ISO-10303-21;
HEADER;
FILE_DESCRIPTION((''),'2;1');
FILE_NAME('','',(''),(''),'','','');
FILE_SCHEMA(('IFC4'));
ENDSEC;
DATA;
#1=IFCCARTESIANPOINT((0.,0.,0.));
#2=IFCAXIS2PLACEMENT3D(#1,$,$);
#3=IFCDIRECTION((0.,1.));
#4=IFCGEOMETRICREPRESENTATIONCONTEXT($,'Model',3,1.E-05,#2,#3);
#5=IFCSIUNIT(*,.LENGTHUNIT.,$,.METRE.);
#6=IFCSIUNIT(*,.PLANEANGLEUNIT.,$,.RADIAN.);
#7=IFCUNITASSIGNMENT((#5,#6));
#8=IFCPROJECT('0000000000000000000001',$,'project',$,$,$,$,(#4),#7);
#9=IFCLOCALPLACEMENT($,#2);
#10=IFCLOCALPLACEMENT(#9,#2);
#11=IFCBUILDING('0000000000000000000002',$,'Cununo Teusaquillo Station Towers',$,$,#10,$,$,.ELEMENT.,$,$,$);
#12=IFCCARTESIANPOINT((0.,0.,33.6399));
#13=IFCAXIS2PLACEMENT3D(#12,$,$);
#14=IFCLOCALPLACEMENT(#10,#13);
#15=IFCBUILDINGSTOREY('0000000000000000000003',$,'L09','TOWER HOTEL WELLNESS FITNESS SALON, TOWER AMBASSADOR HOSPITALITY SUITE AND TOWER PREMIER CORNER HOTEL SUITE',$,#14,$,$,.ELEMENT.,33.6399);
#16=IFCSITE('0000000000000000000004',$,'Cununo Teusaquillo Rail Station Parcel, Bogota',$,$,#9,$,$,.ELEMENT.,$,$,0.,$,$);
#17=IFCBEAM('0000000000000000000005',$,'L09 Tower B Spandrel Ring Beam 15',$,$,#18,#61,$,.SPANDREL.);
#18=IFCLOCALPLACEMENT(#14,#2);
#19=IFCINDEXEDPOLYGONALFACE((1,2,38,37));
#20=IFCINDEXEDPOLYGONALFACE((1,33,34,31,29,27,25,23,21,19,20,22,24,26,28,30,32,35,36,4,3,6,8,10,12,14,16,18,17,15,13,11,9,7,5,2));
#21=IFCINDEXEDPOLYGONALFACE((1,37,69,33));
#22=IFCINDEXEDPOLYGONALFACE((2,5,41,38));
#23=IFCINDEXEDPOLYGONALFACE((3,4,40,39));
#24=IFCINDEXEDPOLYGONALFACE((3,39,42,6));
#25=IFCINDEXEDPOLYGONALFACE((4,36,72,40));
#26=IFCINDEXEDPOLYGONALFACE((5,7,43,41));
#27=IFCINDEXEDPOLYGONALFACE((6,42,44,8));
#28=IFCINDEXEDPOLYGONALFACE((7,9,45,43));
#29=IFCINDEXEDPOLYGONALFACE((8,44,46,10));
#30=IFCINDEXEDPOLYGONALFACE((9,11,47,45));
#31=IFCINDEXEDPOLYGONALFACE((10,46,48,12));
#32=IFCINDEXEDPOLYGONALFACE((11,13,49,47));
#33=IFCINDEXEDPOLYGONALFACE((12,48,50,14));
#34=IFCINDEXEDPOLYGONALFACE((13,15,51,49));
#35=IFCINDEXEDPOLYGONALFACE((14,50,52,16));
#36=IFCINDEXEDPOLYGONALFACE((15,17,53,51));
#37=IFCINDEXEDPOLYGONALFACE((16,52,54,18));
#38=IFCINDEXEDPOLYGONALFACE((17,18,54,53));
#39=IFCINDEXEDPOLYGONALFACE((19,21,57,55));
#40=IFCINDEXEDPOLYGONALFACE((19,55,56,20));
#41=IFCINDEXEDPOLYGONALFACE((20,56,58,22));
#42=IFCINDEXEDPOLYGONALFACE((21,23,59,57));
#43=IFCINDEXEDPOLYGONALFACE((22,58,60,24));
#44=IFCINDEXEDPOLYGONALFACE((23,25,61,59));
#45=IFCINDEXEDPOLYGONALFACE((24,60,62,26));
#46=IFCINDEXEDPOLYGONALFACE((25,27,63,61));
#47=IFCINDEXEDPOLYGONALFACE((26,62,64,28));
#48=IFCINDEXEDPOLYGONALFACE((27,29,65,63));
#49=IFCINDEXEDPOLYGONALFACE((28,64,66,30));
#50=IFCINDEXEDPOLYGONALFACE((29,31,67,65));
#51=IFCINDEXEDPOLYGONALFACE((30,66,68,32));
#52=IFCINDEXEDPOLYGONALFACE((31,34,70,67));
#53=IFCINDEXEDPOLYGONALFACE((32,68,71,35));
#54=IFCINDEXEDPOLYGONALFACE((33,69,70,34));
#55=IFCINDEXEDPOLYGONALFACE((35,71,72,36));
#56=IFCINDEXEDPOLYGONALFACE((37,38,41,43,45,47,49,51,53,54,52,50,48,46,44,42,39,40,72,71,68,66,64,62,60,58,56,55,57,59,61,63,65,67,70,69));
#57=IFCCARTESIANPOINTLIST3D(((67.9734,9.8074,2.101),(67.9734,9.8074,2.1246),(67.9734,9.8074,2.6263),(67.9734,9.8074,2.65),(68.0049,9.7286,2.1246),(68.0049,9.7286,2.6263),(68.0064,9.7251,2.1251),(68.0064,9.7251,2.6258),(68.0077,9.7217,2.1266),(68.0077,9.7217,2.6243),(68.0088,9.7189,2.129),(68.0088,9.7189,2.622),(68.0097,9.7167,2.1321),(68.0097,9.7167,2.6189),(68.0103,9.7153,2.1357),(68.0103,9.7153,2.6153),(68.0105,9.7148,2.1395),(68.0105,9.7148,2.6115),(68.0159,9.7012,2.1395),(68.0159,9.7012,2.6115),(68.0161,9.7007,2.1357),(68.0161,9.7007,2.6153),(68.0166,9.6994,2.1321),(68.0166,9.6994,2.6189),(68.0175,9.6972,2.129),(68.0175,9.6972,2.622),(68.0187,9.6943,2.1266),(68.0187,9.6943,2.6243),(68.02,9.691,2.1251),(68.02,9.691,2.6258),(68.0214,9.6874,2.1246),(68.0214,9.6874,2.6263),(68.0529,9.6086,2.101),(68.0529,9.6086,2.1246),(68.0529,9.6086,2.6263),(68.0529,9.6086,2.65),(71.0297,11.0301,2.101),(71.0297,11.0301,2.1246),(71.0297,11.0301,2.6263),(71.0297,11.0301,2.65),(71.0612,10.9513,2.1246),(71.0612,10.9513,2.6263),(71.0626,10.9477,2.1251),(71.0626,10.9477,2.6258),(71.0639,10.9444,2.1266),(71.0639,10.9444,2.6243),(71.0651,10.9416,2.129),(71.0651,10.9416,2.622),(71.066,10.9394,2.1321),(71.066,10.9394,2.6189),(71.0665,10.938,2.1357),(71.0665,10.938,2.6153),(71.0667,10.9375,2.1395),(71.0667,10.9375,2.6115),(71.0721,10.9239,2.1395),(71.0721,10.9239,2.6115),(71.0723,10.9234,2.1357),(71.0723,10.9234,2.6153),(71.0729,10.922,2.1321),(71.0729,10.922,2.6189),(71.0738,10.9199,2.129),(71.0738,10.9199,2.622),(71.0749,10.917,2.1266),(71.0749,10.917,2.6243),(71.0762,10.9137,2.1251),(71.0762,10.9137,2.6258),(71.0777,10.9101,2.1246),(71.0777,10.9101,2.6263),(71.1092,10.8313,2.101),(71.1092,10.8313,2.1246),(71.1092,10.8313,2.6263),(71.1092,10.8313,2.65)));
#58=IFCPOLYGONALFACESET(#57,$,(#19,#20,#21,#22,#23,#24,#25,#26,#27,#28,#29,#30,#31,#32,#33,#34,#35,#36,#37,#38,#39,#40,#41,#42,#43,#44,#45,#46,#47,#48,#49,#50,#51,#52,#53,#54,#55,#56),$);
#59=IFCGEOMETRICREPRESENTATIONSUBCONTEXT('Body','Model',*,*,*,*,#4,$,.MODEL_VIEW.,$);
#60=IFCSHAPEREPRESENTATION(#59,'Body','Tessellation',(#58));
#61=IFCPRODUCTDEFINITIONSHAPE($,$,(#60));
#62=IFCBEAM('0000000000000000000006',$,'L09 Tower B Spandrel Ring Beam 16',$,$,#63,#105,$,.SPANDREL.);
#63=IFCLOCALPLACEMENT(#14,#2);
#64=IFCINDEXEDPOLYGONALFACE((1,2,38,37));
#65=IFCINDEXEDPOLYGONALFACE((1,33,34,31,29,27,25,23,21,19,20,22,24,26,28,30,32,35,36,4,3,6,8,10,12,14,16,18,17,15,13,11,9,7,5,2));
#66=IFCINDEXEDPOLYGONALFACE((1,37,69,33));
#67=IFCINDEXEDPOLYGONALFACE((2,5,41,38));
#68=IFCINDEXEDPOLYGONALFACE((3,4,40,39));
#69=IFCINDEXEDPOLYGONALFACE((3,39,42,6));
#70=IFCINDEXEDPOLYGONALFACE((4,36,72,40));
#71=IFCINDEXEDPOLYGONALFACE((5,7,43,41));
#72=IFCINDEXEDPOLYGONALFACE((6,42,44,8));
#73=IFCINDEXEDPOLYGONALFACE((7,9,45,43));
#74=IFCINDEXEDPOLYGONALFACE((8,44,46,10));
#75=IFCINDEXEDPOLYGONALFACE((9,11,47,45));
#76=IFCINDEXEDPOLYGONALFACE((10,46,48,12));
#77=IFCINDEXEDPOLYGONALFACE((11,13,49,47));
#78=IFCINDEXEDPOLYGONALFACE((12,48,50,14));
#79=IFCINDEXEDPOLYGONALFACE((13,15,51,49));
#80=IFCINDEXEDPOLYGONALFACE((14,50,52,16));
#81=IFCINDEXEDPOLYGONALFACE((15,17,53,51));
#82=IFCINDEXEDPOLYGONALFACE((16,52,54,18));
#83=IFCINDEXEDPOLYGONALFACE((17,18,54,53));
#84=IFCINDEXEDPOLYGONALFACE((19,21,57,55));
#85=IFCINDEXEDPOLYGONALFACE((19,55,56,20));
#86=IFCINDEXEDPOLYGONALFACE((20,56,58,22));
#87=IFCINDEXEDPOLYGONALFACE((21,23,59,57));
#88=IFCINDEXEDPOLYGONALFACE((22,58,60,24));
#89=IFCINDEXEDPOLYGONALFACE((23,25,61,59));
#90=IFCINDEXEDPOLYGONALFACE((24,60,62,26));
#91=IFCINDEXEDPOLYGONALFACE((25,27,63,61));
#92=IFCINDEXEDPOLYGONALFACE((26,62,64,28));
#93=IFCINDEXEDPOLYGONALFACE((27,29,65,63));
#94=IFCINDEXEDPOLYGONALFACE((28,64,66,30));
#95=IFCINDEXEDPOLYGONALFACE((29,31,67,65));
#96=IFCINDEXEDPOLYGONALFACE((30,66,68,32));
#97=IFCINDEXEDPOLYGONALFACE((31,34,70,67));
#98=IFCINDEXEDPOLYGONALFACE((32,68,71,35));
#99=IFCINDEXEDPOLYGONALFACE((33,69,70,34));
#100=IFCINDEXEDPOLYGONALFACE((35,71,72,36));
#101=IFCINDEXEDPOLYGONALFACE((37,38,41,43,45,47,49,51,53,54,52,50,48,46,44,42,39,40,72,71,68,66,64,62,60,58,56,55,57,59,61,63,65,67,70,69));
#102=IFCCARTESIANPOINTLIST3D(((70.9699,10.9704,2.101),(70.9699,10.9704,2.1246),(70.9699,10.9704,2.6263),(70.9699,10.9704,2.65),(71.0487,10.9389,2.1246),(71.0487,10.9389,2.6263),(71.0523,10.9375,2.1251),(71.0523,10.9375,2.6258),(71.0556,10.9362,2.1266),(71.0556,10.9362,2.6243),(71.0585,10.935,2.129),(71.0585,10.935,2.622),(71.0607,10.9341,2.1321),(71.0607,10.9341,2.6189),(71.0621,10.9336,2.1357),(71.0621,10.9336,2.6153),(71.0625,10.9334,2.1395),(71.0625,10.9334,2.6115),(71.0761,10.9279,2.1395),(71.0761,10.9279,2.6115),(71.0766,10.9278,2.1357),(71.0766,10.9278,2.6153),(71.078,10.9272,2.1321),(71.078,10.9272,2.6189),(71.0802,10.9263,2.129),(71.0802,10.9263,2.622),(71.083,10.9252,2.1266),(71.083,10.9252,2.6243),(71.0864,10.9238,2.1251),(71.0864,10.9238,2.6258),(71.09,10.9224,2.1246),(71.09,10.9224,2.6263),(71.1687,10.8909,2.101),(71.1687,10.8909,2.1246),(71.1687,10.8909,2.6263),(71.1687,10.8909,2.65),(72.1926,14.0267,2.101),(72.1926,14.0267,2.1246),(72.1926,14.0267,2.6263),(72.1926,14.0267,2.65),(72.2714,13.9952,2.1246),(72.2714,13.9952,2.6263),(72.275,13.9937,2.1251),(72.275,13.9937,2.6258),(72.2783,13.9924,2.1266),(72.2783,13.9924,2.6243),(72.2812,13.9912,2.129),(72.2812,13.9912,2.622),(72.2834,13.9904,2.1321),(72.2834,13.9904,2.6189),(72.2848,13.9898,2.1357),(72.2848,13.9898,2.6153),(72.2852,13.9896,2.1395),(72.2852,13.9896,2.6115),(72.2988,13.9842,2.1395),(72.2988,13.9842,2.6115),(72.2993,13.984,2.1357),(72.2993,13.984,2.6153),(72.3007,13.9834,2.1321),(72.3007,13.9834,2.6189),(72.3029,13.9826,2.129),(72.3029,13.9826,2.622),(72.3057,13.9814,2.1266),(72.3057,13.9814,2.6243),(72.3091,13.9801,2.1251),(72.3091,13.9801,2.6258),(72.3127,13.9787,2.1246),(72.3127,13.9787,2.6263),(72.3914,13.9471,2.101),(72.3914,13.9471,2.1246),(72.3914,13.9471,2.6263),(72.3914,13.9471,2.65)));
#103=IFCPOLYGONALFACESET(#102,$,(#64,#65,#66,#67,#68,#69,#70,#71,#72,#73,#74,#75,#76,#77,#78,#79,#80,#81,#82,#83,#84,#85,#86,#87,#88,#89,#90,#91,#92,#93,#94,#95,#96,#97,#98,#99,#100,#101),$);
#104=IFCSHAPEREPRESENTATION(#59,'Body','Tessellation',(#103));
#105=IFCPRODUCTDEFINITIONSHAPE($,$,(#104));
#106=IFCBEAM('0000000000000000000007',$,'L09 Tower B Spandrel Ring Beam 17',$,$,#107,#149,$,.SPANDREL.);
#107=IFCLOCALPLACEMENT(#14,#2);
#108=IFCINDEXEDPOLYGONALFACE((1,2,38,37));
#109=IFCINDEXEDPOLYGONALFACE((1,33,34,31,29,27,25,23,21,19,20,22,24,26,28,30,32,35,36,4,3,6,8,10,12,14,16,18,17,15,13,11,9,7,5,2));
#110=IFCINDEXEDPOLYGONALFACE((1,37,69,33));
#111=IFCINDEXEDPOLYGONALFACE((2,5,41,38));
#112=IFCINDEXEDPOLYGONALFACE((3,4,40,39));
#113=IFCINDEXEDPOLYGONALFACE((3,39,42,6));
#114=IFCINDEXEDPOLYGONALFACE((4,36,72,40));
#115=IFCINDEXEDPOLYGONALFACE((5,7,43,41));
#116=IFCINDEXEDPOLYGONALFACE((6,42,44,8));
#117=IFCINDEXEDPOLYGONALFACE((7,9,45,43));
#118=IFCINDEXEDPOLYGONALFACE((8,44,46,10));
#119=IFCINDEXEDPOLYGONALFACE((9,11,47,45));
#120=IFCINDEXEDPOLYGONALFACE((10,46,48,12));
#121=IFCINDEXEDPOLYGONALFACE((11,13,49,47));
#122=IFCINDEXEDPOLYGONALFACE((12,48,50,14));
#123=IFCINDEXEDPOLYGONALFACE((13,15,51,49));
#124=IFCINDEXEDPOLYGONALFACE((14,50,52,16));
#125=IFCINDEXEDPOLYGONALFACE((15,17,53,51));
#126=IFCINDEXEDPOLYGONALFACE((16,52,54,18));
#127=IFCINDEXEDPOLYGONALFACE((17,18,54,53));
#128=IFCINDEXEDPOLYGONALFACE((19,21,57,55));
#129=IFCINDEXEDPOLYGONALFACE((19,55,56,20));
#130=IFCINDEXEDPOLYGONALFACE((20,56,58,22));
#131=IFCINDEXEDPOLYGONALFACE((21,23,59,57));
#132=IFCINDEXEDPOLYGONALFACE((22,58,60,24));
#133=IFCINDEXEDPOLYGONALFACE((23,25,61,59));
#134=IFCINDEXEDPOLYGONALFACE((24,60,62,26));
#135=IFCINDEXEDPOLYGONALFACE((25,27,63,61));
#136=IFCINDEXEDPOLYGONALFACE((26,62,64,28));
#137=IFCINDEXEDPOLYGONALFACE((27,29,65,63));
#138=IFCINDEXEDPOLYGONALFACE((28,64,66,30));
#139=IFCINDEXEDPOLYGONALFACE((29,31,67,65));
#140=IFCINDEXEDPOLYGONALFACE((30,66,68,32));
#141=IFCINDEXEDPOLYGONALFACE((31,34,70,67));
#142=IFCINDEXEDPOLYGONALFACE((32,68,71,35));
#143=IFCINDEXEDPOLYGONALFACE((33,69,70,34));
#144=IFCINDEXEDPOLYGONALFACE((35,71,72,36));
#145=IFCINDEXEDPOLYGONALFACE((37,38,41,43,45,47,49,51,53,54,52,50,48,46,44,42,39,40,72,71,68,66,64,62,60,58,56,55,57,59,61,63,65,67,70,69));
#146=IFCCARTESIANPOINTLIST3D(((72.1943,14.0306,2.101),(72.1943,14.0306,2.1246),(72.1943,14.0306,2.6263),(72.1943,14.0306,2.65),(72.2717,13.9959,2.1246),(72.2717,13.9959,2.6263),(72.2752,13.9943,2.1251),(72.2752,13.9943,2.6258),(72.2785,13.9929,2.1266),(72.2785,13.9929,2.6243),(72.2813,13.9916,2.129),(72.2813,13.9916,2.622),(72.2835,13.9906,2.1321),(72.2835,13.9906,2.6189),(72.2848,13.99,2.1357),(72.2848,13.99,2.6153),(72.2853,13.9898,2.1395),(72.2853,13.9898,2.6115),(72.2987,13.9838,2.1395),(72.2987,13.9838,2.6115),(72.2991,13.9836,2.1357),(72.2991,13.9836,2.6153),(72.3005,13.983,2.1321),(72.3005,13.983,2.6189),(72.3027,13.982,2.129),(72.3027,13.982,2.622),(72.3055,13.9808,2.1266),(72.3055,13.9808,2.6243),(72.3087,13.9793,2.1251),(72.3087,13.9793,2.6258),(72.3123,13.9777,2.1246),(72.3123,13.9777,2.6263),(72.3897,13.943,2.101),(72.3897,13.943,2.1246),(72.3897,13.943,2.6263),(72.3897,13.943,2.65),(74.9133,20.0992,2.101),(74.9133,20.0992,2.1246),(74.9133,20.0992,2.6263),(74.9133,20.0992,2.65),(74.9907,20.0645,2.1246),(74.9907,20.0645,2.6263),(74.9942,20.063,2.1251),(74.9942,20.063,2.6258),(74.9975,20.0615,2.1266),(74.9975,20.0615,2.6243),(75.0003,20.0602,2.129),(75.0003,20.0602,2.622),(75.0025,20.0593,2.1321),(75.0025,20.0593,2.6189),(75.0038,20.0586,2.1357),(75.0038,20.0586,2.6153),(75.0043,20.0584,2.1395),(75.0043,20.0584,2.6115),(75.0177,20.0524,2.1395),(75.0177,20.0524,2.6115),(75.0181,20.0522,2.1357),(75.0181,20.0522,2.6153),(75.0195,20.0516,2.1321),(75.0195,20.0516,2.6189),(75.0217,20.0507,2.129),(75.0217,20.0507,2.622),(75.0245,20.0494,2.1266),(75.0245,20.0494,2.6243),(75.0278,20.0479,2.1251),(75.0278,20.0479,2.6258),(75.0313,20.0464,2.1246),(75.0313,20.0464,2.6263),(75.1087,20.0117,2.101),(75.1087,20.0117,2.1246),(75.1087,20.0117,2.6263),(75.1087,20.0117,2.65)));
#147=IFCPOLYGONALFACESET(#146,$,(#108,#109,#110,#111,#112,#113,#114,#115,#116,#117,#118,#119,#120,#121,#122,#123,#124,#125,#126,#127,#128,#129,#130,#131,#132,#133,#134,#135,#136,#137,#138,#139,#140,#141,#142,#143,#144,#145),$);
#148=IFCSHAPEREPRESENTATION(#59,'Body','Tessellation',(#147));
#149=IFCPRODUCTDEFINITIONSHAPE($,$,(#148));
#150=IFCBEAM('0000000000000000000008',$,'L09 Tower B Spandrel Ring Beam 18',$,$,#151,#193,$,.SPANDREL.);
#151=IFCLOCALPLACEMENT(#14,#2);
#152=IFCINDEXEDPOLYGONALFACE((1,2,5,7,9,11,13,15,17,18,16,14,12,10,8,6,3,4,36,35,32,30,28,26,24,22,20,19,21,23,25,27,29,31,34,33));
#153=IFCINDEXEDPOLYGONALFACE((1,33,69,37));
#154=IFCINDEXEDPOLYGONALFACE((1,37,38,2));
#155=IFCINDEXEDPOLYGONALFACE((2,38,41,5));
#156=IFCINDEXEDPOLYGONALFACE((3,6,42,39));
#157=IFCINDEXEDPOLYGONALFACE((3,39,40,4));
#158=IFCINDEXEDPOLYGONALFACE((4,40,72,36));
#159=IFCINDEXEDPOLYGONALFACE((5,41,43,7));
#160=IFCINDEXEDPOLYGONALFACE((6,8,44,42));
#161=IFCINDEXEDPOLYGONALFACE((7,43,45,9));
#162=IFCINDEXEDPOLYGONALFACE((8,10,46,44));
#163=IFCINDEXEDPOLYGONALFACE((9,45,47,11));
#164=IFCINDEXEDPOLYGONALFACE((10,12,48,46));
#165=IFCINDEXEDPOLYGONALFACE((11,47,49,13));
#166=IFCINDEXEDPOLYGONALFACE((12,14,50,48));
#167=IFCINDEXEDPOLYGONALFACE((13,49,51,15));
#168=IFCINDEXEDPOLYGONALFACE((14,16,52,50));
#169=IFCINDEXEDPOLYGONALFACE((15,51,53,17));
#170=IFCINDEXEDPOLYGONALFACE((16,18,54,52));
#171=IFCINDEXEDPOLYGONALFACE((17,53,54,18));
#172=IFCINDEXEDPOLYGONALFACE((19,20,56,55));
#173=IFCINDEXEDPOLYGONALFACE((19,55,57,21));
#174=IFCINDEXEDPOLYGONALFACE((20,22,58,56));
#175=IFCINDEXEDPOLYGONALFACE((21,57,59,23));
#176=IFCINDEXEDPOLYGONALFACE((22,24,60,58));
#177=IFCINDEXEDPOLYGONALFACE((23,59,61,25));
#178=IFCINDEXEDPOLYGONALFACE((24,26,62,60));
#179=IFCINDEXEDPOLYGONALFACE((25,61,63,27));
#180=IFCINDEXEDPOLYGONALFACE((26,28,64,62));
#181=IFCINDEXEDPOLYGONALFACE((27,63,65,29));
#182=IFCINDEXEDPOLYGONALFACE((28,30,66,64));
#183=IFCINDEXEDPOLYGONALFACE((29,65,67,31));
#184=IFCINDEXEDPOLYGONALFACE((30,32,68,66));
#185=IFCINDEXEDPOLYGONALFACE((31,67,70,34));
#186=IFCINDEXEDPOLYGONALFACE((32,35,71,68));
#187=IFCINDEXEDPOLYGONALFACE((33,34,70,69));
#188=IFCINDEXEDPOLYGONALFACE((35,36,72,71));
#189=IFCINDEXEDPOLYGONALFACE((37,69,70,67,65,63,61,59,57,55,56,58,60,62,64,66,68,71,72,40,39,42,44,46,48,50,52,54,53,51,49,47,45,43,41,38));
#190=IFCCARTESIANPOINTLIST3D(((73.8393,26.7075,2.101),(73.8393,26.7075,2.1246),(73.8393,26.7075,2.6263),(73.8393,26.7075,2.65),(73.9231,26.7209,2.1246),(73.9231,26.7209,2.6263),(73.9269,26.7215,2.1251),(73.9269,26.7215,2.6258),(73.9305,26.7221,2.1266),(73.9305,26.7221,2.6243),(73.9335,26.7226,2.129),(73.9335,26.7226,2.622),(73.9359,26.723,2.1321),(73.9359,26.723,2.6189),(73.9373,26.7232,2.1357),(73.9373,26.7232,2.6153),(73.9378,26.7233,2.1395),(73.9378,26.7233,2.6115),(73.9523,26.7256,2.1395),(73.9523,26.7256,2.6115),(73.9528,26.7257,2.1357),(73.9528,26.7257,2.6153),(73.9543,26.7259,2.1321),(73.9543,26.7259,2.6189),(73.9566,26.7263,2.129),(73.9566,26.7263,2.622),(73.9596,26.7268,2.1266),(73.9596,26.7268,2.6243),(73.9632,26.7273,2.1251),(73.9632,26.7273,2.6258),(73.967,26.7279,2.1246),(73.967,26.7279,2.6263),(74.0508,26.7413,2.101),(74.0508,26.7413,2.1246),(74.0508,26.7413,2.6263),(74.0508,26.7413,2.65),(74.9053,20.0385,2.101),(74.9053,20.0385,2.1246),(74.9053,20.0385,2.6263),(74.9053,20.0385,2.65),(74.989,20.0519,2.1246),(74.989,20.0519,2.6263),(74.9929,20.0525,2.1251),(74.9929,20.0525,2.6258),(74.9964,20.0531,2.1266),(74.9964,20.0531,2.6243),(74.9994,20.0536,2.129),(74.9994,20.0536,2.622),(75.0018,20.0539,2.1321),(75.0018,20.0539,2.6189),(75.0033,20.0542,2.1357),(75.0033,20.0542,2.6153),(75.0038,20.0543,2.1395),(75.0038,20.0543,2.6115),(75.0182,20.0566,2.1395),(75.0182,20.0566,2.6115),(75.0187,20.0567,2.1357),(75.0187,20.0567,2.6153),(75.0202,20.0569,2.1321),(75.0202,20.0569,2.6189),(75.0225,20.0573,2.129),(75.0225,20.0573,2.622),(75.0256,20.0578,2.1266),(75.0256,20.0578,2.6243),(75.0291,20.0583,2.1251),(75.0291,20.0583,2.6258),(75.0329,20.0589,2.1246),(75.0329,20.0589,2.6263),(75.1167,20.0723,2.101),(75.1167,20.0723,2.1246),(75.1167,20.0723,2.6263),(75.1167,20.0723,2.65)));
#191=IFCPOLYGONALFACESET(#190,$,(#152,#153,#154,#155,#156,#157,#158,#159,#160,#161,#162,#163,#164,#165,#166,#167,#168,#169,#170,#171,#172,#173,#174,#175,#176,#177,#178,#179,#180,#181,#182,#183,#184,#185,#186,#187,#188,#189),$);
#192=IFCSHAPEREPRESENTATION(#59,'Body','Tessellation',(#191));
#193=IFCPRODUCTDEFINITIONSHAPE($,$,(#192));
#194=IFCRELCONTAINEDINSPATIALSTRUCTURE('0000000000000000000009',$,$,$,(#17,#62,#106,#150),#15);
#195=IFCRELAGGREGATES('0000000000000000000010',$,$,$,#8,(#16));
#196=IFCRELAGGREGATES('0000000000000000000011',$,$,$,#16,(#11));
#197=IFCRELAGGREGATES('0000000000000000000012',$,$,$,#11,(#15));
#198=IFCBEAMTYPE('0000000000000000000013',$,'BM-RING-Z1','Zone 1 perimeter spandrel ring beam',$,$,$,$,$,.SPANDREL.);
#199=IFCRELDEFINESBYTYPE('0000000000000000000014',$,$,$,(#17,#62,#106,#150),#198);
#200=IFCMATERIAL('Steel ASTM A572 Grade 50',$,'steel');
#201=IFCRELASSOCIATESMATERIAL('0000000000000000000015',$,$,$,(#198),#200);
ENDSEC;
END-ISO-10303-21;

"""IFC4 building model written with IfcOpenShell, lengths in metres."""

from ifc_helpers import new_model, si_unit, direction, frame, origin, origin_2d, place, context, subcontext, project, spatial, i_section, extrude, material, material_profile, profile_set, type_object, element, save


model = new_model("IFC4")

# Units and contexts
model_context = context("Model", 3, precision=1e-05, world=origin(), true_north=direction((0.0, 1.0)))
body_context = subcontext(model_context, "Body", "Model", "MODEL_VIEW")
ifc_project = project(units=[si_unit("LENGTHUNIT", "METRE"), si_unit("PLANEANGLEUNIT", "RADIAN")], contexts=[model_context])

# Site, building, storey
site_placement = place(None, origin())
site = spatial("IfcSite", under=ifc_project, at=site_placement, Name="Cununo Teusaquillo Rail Station Parcel, Bogota", CompositionType="ELEMENT", RefElevation=0.0)
building_placement = place(site_placement, origin())
building = spatial("IfcBuilding", under=site, at=building_placement, Name="Cununo Teusaquillo Station Towers", CompositionType="ELEMENT")
storey_placement = place(building_placement, frame((0.0, 0.0, 33.6399)))
storey = spatial("IfcBuildingStorey", under=building, at=storey_placement, Name="L09", Description="TOWER HOTEL WELLNESS FITNESS SALON, TOWER AMBASSADOR HOSPITALITY SUITE AND TOWER PREMIER CORNER HOTEL SUITE", CompositionType="ELEMENT", Elevation=33.6399)

# Beams
ifc_material_1 = material(Name="Steel ASTM A572 Grade 50", Category="steel")
ifc_material_profile_1 = material_profile(ifc_material_1, i_section(OverallWidth=0.2141, OverallDepth=0.5491, WebThickness=0.0146, FlangeThickness=0.0237, FilletRadius=0.0149, at=origin_2d()), Name="W21X93")
ifc_profile_set_1 = profile_set([ifc_material_profile_1], Name="Steel ASTM A572 Grade 50")
beam_type_1 = type_object("IfcBeamType", Name="BM-RING-Z1", Description="Zone 1 perimeter spandrel ring beam", PredefinedType="SPANDREL", material=ifc_profile_set_1)
for number, where, z_axis, x_axis, name in (
    (1, (68.0132, 9.708, 2.3755), (0.928456, 0.371442, 0.0), (-0.371442, 0.928456, 0.0), "L09 Tower B Spandrel Ring Beam 15"),
    (2, (71.0693, 10.9307, 2.3755), (0.371442, 0.928456, 0.0), (-0.928456, 0.371442, 0.0), "L09 Tower B Spandrel Ring Beam 16"),
):
    element("IfcBeam", number, at=place(storey_placement, frame(where, z_axis=z_axis, x_axis=x_axis)), inside=storey, type_object=beam_type_1, Name=name, PredefinedType="SPANDREL", context=body_context, shape_type="SweptSolid", body=[
        extrude(i_section(OverallWidth=0.2141, OverallDepth=0.5491, WebThickness=0.0146, FlangeThickness=0.0237, FilletRadius=0.0149, at=origin_2d()), origin(), (0.0, 0.0, 1.0), 3.2917),
    ])
beam_1_placement = place(storey_placement, frame((72.292, 13.9868, 2.3755), z_axis=(0.408879, 0.912589, 0.0), x_axis=(-0.912589, 0.408879, 0.0)))
element("IfcBeam", 3, at=beam_1_placement, inside=storey, type_object=beam_type_1, Name="L09 Tower B Spandrel Ring Beam 17", PredefinedType="SPANDREL", context=body_context, shape_type="SweptSolid", body=[
    extrude(i_section(OverallWidth=0.2141, OverallDepth=0.5491, WebThickness=0.0146, FlangeThickness=0.0237, FilletRadius=0.0149, at=origin_2d()), origin(), (0.0, 0.0, 1.0), 6.6499),
])
beam_2_placement = place(storey_placement, frame((75.011, 20.0554, 2.3755), z_axis=(-0.15783, 0.987466, 0.0), x_axis=(-0.987466, -0.15783, 0.0)))
element("IfcBeam", 4, at=beam_2_placement, inside=storey, type_object=beam_type_1, Name="L09 Tower B Spandrel Ring Beam 18", PredefinedType="SPANDREL", context=body_context, shape_type="SweptSolid", body=[
    extrude(i_section(OverallWidth=0.2141, OverallDepth=0.5491, WebThickness=0.0146, FlangeThickness=0.0237, FilletRadius=0.0149, at=origin_2d()), origin(), (0.0, 0.0, 1.0), 6.7537),
])

save(model, "model.ifc")
